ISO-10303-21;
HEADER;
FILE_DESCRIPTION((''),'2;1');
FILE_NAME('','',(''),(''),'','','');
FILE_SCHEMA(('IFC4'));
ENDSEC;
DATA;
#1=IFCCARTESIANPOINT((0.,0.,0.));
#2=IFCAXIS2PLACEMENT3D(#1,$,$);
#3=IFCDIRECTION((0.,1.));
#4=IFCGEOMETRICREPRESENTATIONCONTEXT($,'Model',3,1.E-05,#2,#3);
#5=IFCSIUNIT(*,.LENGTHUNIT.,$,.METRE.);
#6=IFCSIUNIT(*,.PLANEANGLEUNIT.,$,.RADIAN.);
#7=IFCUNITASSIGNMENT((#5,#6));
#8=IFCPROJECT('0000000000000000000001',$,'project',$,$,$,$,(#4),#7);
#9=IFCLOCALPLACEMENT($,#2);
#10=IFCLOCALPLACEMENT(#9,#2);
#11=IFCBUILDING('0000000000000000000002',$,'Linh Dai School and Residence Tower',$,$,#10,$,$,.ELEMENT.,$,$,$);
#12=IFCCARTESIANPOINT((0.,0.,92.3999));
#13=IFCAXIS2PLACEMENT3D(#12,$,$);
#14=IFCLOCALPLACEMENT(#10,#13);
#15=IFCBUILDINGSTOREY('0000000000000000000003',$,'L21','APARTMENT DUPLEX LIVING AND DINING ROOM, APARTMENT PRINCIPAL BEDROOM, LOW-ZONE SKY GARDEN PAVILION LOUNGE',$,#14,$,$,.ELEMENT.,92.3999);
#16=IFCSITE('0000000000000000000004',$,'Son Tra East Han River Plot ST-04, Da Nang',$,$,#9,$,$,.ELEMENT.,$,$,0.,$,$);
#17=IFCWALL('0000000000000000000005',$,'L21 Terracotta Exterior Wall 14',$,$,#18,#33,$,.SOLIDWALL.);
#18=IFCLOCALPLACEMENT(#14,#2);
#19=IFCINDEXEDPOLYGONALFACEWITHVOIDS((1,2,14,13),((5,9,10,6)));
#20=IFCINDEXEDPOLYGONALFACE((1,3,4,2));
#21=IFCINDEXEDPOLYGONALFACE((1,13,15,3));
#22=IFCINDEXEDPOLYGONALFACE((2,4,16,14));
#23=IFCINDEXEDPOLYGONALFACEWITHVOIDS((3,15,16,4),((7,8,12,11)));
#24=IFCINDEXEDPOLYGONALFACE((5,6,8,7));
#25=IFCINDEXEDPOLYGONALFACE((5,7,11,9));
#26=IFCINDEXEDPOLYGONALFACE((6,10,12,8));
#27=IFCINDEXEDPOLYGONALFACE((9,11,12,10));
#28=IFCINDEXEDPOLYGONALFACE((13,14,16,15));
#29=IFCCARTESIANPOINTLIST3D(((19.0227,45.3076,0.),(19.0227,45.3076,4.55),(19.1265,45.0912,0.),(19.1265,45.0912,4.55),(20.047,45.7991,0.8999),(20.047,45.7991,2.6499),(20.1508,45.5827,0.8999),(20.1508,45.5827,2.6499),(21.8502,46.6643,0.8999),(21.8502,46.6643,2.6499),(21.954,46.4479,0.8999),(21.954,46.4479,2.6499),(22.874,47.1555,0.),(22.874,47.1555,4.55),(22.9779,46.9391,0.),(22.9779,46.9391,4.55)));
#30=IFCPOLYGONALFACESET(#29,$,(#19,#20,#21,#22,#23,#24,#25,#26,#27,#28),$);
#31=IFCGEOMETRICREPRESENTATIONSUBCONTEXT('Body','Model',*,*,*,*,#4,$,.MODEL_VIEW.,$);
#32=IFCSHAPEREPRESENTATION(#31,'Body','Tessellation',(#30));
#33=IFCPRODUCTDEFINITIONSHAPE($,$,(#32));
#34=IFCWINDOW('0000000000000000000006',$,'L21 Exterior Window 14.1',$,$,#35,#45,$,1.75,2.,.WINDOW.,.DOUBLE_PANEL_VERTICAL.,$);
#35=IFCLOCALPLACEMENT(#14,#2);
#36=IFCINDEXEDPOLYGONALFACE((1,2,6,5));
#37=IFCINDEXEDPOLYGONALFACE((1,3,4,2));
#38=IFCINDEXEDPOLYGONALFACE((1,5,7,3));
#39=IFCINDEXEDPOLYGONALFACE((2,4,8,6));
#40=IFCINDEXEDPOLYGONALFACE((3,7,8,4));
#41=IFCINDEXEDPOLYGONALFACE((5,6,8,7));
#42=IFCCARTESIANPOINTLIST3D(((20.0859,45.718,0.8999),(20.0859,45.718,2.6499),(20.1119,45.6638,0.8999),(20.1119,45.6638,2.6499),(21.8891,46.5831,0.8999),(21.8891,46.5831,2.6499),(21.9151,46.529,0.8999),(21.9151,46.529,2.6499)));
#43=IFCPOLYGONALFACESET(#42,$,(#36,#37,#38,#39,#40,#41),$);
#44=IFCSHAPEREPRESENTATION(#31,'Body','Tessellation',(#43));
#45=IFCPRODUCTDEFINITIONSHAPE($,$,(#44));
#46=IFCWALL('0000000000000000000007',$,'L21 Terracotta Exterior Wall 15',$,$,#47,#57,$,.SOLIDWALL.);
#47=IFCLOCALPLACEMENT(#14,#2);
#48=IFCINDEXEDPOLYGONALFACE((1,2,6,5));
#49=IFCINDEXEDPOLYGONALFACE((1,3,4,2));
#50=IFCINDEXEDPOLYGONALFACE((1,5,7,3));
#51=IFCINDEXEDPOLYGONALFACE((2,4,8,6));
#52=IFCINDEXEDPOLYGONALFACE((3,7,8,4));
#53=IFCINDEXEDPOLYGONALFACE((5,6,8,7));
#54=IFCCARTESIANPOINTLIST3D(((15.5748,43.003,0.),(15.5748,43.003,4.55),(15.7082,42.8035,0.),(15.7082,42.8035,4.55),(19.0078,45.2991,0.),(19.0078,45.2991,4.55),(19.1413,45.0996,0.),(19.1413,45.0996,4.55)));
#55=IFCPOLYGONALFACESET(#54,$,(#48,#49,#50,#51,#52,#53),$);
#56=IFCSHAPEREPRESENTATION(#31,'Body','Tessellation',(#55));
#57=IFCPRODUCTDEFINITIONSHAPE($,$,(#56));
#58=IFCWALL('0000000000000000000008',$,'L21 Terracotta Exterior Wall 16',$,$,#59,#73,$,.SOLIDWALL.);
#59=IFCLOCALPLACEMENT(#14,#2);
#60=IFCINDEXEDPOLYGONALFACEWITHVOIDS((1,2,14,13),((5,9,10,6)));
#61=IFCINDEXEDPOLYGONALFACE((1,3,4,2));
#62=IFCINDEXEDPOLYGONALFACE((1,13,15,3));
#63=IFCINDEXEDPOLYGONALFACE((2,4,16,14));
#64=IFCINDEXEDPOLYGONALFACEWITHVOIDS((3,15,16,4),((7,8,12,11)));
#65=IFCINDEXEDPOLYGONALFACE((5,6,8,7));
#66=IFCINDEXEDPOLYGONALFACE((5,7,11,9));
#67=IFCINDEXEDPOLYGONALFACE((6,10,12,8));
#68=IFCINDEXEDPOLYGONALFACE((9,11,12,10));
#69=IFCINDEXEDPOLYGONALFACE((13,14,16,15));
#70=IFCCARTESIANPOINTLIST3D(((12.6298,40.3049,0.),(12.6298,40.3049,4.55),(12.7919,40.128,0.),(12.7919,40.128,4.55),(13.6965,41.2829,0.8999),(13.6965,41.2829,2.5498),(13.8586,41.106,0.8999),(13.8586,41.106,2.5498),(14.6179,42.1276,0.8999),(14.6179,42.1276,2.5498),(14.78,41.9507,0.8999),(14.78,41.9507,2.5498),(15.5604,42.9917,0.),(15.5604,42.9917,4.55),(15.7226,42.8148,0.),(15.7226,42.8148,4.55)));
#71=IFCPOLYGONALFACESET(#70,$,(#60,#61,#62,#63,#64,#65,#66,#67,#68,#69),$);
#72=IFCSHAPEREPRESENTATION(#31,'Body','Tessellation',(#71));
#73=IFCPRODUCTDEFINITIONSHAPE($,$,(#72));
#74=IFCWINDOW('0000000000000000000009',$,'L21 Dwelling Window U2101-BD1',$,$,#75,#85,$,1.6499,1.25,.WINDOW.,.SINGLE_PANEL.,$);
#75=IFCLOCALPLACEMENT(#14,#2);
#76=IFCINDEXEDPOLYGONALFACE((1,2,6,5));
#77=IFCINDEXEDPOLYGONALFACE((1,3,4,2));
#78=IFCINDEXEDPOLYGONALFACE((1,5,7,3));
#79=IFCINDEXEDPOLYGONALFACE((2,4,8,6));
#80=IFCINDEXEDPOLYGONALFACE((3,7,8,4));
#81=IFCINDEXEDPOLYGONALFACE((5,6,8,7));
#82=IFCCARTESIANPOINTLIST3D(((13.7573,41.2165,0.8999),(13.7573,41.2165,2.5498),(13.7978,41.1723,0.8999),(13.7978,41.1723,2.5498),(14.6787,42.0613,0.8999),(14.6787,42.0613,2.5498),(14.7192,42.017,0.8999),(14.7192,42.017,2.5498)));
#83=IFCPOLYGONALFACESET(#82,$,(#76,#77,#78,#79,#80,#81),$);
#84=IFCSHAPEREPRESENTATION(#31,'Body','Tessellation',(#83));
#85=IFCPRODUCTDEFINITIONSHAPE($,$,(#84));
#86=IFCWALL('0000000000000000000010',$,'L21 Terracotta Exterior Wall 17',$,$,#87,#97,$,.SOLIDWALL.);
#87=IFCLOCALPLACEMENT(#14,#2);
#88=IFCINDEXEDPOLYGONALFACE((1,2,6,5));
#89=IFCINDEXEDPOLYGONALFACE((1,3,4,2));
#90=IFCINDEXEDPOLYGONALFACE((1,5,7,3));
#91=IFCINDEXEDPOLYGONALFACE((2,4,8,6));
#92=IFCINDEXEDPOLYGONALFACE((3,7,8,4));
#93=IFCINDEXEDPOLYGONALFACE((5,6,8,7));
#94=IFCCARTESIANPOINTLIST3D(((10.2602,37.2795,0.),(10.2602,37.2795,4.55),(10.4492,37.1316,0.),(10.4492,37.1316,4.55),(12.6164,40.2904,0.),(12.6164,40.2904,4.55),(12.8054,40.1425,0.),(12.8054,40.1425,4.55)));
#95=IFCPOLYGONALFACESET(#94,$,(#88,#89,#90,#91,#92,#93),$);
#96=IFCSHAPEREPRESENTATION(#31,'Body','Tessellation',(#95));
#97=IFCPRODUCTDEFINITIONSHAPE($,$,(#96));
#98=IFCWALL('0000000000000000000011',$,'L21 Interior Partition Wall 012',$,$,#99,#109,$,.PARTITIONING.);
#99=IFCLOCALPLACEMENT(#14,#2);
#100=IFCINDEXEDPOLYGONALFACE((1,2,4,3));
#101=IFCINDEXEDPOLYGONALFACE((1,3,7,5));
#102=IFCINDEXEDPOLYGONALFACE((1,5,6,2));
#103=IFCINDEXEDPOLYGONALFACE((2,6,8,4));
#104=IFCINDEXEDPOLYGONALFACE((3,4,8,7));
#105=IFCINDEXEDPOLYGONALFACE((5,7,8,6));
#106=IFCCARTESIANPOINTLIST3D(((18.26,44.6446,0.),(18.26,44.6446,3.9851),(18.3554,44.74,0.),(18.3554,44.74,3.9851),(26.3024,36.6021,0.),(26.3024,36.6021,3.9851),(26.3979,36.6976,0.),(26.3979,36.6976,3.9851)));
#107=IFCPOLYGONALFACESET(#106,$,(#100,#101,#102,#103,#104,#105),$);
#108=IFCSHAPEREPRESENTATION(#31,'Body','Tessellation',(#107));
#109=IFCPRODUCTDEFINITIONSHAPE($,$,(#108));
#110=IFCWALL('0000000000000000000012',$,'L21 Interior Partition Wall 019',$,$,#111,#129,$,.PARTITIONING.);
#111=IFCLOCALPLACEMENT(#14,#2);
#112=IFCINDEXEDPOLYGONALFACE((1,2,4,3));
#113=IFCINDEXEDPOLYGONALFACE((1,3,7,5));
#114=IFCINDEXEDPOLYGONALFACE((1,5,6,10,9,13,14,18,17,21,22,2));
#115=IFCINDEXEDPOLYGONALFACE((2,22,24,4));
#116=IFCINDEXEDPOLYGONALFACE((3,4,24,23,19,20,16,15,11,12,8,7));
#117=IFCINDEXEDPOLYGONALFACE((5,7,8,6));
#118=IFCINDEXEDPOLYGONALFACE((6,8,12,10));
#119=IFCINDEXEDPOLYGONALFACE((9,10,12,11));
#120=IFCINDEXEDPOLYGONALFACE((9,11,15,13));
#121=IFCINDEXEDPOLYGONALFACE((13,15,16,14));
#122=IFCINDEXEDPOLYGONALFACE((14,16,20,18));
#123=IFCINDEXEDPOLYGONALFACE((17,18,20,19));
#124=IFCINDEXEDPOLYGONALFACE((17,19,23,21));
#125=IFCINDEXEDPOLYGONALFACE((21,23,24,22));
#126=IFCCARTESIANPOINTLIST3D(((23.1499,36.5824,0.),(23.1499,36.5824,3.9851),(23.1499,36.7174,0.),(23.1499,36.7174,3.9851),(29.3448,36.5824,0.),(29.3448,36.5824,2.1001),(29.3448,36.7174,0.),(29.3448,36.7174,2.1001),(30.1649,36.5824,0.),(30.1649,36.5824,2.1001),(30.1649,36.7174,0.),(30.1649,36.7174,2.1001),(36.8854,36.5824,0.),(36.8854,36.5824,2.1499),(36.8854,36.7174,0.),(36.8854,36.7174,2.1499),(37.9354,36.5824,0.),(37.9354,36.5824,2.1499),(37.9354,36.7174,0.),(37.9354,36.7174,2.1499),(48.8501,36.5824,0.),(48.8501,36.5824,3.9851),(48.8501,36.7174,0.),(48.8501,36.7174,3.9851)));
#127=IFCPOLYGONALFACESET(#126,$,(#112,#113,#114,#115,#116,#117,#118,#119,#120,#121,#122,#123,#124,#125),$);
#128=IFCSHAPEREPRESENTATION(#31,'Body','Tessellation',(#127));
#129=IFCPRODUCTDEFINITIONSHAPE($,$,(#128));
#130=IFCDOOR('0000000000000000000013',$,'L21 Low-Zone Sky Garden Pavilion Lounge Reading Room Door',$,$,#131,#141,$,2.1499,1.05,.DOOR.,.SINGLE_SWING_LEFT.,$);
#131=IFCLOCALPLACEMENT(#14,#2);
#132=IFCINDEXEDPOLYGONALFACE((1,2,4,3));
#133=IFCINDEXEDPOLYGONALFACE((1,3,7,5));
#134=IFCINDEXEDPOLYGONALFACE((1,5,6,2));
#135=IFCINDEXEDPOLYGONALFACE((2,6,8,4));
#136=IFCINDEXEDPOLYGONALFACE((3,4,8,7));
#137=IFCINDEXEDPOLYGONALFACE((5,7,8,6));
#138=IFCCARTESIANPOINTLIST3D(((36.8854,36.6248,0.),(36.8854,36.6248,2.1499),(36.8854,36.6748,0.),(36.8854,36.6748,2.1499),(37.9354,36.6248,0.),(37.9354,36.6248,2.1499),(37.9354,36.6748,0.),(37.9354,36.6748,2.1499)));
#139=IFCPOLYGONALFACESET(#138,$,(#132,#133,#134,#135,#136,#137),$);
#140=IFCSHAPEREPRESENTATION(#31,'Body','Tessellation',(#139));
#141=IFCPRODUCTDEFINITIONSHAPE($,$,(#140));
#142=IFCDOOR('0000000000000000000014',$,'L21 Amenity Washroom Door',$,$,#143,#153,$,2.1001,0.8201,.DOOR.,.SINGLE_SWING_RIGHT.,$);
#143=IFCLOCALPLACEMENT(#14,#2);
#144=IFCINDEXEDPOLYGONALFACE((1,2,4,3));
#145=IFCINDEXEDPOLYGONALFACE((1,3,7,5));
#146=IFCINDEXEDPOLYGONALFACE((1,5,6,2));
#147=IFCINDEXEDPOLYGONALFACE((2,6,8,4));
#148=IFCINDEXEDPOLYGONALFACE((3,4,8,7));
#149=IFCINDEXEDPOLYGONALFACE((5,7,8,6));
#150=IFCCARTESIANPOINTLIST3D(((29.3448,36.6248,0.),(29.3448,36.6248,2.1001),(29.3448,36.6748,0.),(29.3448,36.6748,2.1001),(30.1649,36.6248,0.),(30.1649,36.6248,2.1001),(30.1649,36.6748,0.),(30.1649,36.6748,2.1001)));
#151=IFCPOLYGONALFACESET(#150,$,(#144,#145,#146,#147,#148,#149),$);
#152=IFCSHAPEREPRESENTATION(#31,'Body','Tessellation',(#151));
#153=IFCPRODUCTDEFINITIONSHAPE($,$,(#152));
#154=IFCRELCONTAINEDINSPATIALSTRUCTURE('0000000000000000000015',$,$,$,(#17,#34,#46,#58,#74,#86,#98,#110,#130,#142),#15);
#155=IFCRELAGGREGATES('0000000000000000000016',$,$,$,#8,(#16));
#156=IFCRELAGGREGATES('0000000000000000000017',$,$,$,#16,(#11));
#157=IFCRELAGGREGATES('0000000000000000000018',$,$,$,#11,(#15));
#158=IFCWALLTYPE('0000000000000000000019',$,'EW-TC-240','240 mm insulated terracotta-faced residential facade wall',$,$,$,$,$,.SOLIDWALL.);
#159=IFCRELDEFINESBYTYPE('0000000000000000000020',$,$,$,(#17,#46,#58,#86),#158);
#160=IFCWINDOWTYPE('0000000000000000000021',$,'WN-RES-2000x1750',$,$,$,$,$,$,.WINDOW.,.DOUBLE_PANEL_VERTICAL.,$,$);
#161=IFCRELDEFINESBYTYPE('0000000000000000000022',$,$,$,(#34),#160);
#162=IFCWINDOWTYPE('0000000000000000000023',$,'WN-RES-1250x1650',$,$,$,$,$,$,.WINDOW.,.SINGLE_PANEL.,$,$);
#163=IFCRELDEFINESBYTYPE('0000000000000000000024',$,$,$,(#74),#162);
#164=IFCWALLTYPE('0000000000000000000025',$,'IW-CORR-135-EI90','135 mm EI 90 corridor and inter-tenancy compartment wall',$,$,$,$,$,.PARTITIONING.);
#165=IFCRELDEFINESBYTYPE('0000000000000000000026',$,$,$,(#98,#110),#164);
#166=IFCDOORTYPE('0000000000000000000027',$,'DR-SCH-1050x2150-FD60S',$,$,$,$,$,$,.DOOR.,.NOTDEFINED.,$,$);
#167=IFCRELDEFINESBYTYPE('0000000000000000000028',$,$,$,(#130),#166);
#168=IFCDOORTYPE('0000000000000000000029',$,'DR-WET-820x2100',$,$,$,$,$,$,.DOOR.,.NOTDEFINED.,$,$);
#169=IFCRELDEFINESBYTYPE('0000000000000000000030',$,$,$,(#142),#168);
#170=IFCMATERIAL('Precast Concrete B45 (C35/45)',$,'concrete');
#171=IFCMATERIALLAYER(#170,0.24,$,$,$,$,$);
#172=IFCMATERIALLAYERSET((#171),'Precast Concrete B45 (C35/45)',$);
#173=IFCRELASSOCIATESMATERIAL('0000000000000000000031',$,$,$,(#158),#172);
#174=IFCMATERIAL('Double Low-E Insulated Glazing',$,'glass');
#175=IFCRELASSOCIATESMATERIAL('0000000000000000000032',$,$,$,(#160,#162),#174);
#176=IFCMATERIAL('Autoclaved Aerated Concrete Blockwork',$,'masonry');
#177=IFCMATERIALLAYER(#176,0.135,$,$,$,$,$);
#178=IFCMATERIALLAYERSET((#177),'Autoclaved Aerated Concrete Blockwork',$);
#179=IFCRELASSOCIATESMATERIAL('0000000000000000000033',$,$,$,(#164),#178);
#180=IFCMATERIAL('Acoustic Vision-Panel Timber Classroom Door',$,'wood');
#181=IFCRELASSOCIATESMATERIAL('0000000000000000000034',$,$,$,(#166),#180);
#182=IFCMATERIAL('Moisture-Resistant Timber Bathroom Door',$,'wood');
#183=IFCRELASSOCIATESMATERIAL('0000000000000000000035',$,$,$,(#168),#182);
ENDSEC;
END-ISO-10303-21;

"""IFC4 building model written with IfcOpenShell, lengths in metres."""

from ifc_helpers import new_model, si_unit, direction, frame, frame_2d, origin, origin_2d, place, context, subcontext, project, spatial, rectangle, extrude, source, transform, mapped, material, layer, layer_set, type_object, element, fill, save


model = new_model("IFC4")

# Units and contexts
model_context = context("Model", 3, precision=1e-05, world=origin(), true_north=direction((0.0, 1.0)))
body_context = subcontext(model_context, "Body", "Model", "MODEL_VIEW")
ifc_project = project(units=[si_unit("LENGTHUNIT", "METRE"), si_unit("PLANEANGLEUNIT", "RADIAN")], contexts=[model_context])

# Site, building, storey
site_placement = place(None, origin())
site = spatial("IfcSite", under=ifc_project, at=site_placement, Name="Son Tra East Han River Plot ST-04, Da Nang", CompositionType="ELEMENT", RefElevation=0.0)
building_placement = place(site_placement, origin())
building = spatial("IfcBuilding", under=site, at=building_placement, Name="Linh Dai School and Residence Tower", CompositionType="ELEMENT")
storey_placement = place(building_placement, frame((0.0, 0.0, 92.3999)))
storey = spatial("IfcBuildingStorey", under=building, at=storey_placement, Name="L21", Description="APARTMENT DUPLEX LIVING AND DINING ROOM, APARTMENT PRINCIPAL BEDROOM, LOW-ZONE SKY GARDEN PAVILION LOUNGE", CompositionType="ELEMENT", Elevation=92.3999)

# Shared definitions
ifc_material_1 = material(Name="Precast Concrete B45 (C35/45)", Category="concrete")

# Wall, opening, window
ifc_layer_1 = layer(ifc_material_1, 0.24)
ifc_layer_set_1 = layer_set([ifc_layer_1], Name="Precast Concrete B45 (C35/45)")
wall_type_1 = type_object("IfcWallType", Name="EW-TC-240", Description="240 mm insulated terracotta-faced residential facade wall", PredefinedType="SOLIDWALL", material=ifc_layer_set_1)
ifc_material_2 = material(Name="Double Low-E Insulated Glazing", Category="glass")
window_type_1 = type_object("IfcWindowType", Name="WN-RES-2000x1750", PartitioningType="DOUBLE_PANEL_VERTICAL", PredefinedType="WINDOW", material=ifc_material_2)
shared_shape_1 = source(origin(), body_context, "Body", "SweptSolid", [
    extrude(rectangle(XDim=2.0, YDim=1.75, at=origin_2d()), frame((1.0, 0.03, 0.875), z_axis=(0.0, -1.0, 0.0), x_axis=(1.0, 0.0, 0.0)), (0.0, 0.0, 1.0), 0.0601),
])
wall_1_placement = place(storey_placement, frame((19.0747, 45.1995, 0.0), z_axis=(0.0, 0.0, 1.0), x_axis=(0.90159, 0.432592, 0.0)))
wall_1 = element("IfcWall", 1, at=wall_1_placement, inside=storey, type_object=wall_type_1, Name="L21 Terracotta Exterior Wall 14", PredefinedType="SOLIDWALL", context=body_context, shape_type="SweptSolid", body=[
    extrude(rectangle(XDim=4.2717, YDim=0.24, at=frame_2d((2.1357, 0.0))), origin(), (0.0, 0.0, 1.0), 4.55),
])
opening_1_placement = place(wall_1_placement, frame((1.136, 0.0, 0.8999)))
opening_1 = element("IfcOpeningElement", 2, at=opening_1_placement, cuts=wall_1, PredefinedType="OPENING", context=body_context, shape_type="SweptSolid", body=[
    extrude(rectangle(XDim=2.0, YDim=1.75, at=origin_2d()), frame((1.0, 0.1299, 0.875), z_axis=(0.0, -1.0, 0.0), x_axis=(1.0, 0.0, 0.0)), (0.0, 0.0, 1.0), 0.26),
])
window_1_placement = place(opening_1_placement, origin())
window_1 = element("IfcWindow", 3, at=window_1_placement, inside=storey, type_object=window_type_1, Name="L21 Exterior Window 14.1", OverallHeight=1.75, OverallWidth=2.0, PartitioningType="DOUBLE_PANEL_VERTICAL", PredefinedType="WINDOW", context=body_context, shape_type="MappedRepresentation", body=[
    mapped(shared_shape_1, transform((0.0, 0.0, 0.0), x_axis=(1.0, 0.0, 0.0), y_axis=(0.0, 1.0, 0.0), z_axis=(0.0, 0.0, 1.0), scale=1.0)),
])
fill(opening_1, window_1)

# Wall
wall_2_placement = place(storey_placement, frame((15.6416, 42.9033, 0.0), z_axis=(0.0, 0.0, 1.0), x_axis=(0.831222, 0.555941, 0.0)))
element("IfcWall", 4, at=wall_2_placement, inside=storey, type_object=wall_type_1, Name="L21 Terracotta Exterior Wall 15", PredefinedType="SOLIDWALL", context=body_context, shape_type="SweptSolid", body=[
    extrude(rectangle(XDim=4.1301, YDim=0.24, at=frame_2d((2.0649, 0.0))), origin(), (0.0, 0.0, 1.0), 4.55),
])

# Wall, opening, window
wall_3_placement = place(storey_placement, frame((12.7109, 40.2166, 0.0), z_axis=(0.0, 0.0, 1.0), x_axis=(0.737113, 0.675769, 0.0)))
wall_3 = element("IfcWall", 5, at=wall_3_placement, inside=storey, type_object=wall_type_1, Name="L21 Terracotta Exterior Wall 16", PredefinedType="SOLIDWALL", context=body_context, shape_type="SweptSolid", body=[
    extrude(rectangle(XDim=3.9758, YDim=0.24, at=frame_2d((1.9878, 0.0))), origin(), (0.0, 0.0, 1.0), 4.55),
])
opening_2_placement = place(wall_3_placement, frame((1.447, 0.0, 0.8999)))
opening_2 = element("IfcOpeningElement", 6, at=opening_2_placement, cuts=wall_3, PredefinedType="OPENING", context=body_context, shape_type="SweptSolid", body=[
    extrude(rectangle(XDim=1.25, YDim=1.6499, at=origin_2d()), frame((0.625, 0.1299, 0.825), z_axis=(0.0, -1.0, 0.0), x_axis=(1.0, 0.0, 0.0)), (0.0, 0.0, 1.0), 0.26),
])
window_type_2 = type_object("IfcWindowType", Name="WN-RES-1250x1650", PartitioningType="SINGLE_PANEL", PredefinedType="WINDOW", material=ifc_material_2)
shared_shape_2 = source(origin(), body_context, "Body", "SweptSolid", [
    extrude(rectangle(XDim=1.25, YDim=1.6499, at=origin_2d()), frame((0.625, 0.03, 0.825), z_axis=(0.0, -1.0, 0.0), x_axis=(1.0, 0.0, 0.0)), (0.0, 0.0, 1.0), 0.0601),
])
window_2_placement = place(opening_2_placement, origin())
window_2 = element("IfcWindow", 7, at=window_2_placement, inside=storey, type_object=window_type_2, Name="L21 Dwelling Window U2101-BD1", OverallHeight=1.6499, OverallWidth=1.25, PartitioningType="SINGLE_PANEL", PredefinedType="WINDOW", context=body_context, shape_type="MappedRepresentation", body=[
    mapped(shared_shape_2, transform((0.0, 0.0, 0.0), x_axis=(1.0, 0.0, 0.0), y_axis=(0.0, 1.0, 0.0), z_axis=(0.0, 0.0, 1.0), scale=1.0)),
])
fill(opening_2, window_2)

# Walls
wall_4_placement = place(storey_placement, frame((10.3547, 37.2056, 0.0), z_axis=(0.0, 0.0, 1.0), x_axis=(0.616272, 0.787533, 0.0)))
element("IfcWall", 8, at=wall_4_placement, inside=storey, type_object=wall_type_1, Name="L21 Terracotta Exterior Wall 17", PredefinedType="SOLIDWALL", context=body_context, shape_type="SweptSolid", body=[
    extrude(rectangle(XDim=3.8232, YDim=0.24, at=frame_2d((1.9116, 0.0))), origin(), (0.0, 0.0, 1.0), 4.55),
])
ifc_material_3 = material(Name="Autoclaved Aerated Concrete Blockwork", Category="masonry")
ifc_layer_2 = layer(ifc_material_3, 0.135)
ifc_layer_set_2 = layer_set([ifc_layer_2], Name="Autoclaved Aerated Concrete Blockwork")
wall_type_2 = type_object("IfcWallType", Name="IW-CORR-135-EI90", Description="135 mm EI 90 corridor and inter-tenancy compartment wall", PredefinedType="PARTITIONING", material=ifc_layer_set_2)
wall_5_placement = place(storey_placement, frame((18.3076, 44.6924, 0.0), z_axis=(0.0, 0.0, 1.0), x_axis=(0.707107, -0.707107, 0.0)))
element("IfcWall", 9, at=wall_5_placement, inside=storey, type_object=wall_type_2, Name="L21 Interior Partition Wall 012", PredefinedType="PARTITIONING", context=body_context, shape_type="SweptSolid", body=[
    extrude(rectangle(XDim=11.3738, YDim=0.135, at=frame_2d((5.687, 0.0))), origin(), (0.0, 0.0, 1.0), 3.9851),
])

# Wall, openings, doors
wall_6_placement = place(storey_placement, frame((23.1499, 36.6499, 0.0), z_axis=(0.0, 0.0, 1.0), x_axis=(1.0, 0.0, 0.0)))
wall_6 = element("IfcWall", 10, at=wall_6_placement, inside=storey, type_object=wall_type_2, Name="L21 Interior Partition Wall 019", PredefinedType="PARTITIONING", context=body_context, shape_type="SweptSolid", body=[
    extrude(rectangle(XDim=25.7002, YDim=0.135, at=frame_2d((12.8501, 0.0))), origin(), (0.0, 0.0, 1.0), 3.9851),
])
opening_3_placement = place(wall_6_placement, frame((13.7356, 0.0, 0.0)))
opening_3 = element("IfcOpeningElement", 11, at=opening_3_placement, cuts=wall_6, PredefinedType="OPENING", context=body_context, shape_type="SweptSolid", body=[
    extrude(rectangle(XDim=1.05, YDim=2.1499, at=origin_2d()), frame((0.5249, 0.0776, 1.075), z_axis=(0.0, -1.0, 0.0), x_axis=(1.0, 0.0, 0.0)), (0.0, 0.0, 1.0), 0.155),
])
opening_4_placement = place(wall_6_placement, frame((6.1948, 0.0, 0.0)))
opening_4 = element("IfcOpeningElement", 12, at=opening_4_placement, cuts=wall_6, PredefinedType="OPENING", context=body_context, shape_type="SweptSolid", body=[
    extrude(rectangle(XDim=0.8201, YDim=2.1001, at=origin_2d()), frame((0.4102, 0.0776, 1.05), z_axis=(0.0, -1.0, 0.0), x_axis=(1.0, 0.0, 0.0)), (0.0, 0.0, 1.0), 0.155),
])
ifc_material_4 = material(Name="Acoustic Vision-Panel Timber Classroom Door", Category="wood")
door_type_1 = type_object("IfcDoorType", Name="DR-SCH-1050x2150-FD60S", OperationType="NOTDEFINED", PredefinedType="DOOR", material=ifc_material_4)
shared_shape_3 = source(origin(), body_context, "Body", "SweptSolid", [
    extrude(rectangle(XDim=1.05, YDim=2.1499, at=origin_2d()), frame((0.5249, 0.0249, 1.075), z_axis=(0.0, -1.0, 0.0), x_axis=(1.0, 0.0, 0.0)), (0.0, 0.0, 1.0), 0.05),
])
door_1_placement = place(opening_3_placement, origin())
door_1 = element("IfcDoor", 13, at=door_1_placement, inside=storey, type_object=door_type_1, Name="L21 Low-Zone Sky Garden Pavilion Lounge Reading Room Door", OperationType="SINGLE_SWING_LEFT", OverallHeight=2.1499, OverallWidth=1.05, PredefinedType="DOOR", context=body_context, shape_type="MappedRepresentation", body=[
    mapped(shared_shape_3, transform((0.0, 0.0, 0.0), x_axis=(1.0, 0.0, 0.0), y_axis=(0.0, 1.0, 0.0), z_axis=(0.0, 0.0, 1.0), scale=1.0)),
])
fill(opening_3, door_1)
ifc_material_5 = material(Name="Moisture-Resistant Timber Bathroom Door", Category="wood")
door_type_2 = type_object("IfcDoorType", Name="DR-WET-820x2100", OperationType="NOTDEFINED", PredefinedType="DOOR", material=ifc_material_5)
shared_shape_4 = source(origin(), body_context, "Body", "SweptSolid", [
    extrude(rectangle(XDim=0.8201, YDim=2.1001, at=origin_2d()), frame((0.4102, 0.0249, 1.05), z_axis=(0.0, -1.0, 0.0), x_axis=(1.0, 0.0, 0.0)), (0.0, 0.0, 1.0), 0.05),
])
door_2_placement = place(opening_4_placement, origin())
door_2 = element("IfcDoor", 14, at=door_2_placement, inside=storey, type_object=door_type_2, Name="L21 Amenity Washroom Door", OperationType="SINGLE_SWING_RIGHT", OverallHeight=2.1001, OverallWidth=0.8201, PredefinedType="DOOR", context=body_context, shape_type="MappedRepresentation", body=[
    mapped(shared_shape_4, transform((0.0, 0.0, 0.0), x_axis=(1.0, 0.0, 0.0), y_axis=(0.0, 1.0, 0.0), z_axis=(0.0, 0.0, 1.0), scale=1.0)),
])
fill(opening_4, door_2)

save(model, "model.ifc")
